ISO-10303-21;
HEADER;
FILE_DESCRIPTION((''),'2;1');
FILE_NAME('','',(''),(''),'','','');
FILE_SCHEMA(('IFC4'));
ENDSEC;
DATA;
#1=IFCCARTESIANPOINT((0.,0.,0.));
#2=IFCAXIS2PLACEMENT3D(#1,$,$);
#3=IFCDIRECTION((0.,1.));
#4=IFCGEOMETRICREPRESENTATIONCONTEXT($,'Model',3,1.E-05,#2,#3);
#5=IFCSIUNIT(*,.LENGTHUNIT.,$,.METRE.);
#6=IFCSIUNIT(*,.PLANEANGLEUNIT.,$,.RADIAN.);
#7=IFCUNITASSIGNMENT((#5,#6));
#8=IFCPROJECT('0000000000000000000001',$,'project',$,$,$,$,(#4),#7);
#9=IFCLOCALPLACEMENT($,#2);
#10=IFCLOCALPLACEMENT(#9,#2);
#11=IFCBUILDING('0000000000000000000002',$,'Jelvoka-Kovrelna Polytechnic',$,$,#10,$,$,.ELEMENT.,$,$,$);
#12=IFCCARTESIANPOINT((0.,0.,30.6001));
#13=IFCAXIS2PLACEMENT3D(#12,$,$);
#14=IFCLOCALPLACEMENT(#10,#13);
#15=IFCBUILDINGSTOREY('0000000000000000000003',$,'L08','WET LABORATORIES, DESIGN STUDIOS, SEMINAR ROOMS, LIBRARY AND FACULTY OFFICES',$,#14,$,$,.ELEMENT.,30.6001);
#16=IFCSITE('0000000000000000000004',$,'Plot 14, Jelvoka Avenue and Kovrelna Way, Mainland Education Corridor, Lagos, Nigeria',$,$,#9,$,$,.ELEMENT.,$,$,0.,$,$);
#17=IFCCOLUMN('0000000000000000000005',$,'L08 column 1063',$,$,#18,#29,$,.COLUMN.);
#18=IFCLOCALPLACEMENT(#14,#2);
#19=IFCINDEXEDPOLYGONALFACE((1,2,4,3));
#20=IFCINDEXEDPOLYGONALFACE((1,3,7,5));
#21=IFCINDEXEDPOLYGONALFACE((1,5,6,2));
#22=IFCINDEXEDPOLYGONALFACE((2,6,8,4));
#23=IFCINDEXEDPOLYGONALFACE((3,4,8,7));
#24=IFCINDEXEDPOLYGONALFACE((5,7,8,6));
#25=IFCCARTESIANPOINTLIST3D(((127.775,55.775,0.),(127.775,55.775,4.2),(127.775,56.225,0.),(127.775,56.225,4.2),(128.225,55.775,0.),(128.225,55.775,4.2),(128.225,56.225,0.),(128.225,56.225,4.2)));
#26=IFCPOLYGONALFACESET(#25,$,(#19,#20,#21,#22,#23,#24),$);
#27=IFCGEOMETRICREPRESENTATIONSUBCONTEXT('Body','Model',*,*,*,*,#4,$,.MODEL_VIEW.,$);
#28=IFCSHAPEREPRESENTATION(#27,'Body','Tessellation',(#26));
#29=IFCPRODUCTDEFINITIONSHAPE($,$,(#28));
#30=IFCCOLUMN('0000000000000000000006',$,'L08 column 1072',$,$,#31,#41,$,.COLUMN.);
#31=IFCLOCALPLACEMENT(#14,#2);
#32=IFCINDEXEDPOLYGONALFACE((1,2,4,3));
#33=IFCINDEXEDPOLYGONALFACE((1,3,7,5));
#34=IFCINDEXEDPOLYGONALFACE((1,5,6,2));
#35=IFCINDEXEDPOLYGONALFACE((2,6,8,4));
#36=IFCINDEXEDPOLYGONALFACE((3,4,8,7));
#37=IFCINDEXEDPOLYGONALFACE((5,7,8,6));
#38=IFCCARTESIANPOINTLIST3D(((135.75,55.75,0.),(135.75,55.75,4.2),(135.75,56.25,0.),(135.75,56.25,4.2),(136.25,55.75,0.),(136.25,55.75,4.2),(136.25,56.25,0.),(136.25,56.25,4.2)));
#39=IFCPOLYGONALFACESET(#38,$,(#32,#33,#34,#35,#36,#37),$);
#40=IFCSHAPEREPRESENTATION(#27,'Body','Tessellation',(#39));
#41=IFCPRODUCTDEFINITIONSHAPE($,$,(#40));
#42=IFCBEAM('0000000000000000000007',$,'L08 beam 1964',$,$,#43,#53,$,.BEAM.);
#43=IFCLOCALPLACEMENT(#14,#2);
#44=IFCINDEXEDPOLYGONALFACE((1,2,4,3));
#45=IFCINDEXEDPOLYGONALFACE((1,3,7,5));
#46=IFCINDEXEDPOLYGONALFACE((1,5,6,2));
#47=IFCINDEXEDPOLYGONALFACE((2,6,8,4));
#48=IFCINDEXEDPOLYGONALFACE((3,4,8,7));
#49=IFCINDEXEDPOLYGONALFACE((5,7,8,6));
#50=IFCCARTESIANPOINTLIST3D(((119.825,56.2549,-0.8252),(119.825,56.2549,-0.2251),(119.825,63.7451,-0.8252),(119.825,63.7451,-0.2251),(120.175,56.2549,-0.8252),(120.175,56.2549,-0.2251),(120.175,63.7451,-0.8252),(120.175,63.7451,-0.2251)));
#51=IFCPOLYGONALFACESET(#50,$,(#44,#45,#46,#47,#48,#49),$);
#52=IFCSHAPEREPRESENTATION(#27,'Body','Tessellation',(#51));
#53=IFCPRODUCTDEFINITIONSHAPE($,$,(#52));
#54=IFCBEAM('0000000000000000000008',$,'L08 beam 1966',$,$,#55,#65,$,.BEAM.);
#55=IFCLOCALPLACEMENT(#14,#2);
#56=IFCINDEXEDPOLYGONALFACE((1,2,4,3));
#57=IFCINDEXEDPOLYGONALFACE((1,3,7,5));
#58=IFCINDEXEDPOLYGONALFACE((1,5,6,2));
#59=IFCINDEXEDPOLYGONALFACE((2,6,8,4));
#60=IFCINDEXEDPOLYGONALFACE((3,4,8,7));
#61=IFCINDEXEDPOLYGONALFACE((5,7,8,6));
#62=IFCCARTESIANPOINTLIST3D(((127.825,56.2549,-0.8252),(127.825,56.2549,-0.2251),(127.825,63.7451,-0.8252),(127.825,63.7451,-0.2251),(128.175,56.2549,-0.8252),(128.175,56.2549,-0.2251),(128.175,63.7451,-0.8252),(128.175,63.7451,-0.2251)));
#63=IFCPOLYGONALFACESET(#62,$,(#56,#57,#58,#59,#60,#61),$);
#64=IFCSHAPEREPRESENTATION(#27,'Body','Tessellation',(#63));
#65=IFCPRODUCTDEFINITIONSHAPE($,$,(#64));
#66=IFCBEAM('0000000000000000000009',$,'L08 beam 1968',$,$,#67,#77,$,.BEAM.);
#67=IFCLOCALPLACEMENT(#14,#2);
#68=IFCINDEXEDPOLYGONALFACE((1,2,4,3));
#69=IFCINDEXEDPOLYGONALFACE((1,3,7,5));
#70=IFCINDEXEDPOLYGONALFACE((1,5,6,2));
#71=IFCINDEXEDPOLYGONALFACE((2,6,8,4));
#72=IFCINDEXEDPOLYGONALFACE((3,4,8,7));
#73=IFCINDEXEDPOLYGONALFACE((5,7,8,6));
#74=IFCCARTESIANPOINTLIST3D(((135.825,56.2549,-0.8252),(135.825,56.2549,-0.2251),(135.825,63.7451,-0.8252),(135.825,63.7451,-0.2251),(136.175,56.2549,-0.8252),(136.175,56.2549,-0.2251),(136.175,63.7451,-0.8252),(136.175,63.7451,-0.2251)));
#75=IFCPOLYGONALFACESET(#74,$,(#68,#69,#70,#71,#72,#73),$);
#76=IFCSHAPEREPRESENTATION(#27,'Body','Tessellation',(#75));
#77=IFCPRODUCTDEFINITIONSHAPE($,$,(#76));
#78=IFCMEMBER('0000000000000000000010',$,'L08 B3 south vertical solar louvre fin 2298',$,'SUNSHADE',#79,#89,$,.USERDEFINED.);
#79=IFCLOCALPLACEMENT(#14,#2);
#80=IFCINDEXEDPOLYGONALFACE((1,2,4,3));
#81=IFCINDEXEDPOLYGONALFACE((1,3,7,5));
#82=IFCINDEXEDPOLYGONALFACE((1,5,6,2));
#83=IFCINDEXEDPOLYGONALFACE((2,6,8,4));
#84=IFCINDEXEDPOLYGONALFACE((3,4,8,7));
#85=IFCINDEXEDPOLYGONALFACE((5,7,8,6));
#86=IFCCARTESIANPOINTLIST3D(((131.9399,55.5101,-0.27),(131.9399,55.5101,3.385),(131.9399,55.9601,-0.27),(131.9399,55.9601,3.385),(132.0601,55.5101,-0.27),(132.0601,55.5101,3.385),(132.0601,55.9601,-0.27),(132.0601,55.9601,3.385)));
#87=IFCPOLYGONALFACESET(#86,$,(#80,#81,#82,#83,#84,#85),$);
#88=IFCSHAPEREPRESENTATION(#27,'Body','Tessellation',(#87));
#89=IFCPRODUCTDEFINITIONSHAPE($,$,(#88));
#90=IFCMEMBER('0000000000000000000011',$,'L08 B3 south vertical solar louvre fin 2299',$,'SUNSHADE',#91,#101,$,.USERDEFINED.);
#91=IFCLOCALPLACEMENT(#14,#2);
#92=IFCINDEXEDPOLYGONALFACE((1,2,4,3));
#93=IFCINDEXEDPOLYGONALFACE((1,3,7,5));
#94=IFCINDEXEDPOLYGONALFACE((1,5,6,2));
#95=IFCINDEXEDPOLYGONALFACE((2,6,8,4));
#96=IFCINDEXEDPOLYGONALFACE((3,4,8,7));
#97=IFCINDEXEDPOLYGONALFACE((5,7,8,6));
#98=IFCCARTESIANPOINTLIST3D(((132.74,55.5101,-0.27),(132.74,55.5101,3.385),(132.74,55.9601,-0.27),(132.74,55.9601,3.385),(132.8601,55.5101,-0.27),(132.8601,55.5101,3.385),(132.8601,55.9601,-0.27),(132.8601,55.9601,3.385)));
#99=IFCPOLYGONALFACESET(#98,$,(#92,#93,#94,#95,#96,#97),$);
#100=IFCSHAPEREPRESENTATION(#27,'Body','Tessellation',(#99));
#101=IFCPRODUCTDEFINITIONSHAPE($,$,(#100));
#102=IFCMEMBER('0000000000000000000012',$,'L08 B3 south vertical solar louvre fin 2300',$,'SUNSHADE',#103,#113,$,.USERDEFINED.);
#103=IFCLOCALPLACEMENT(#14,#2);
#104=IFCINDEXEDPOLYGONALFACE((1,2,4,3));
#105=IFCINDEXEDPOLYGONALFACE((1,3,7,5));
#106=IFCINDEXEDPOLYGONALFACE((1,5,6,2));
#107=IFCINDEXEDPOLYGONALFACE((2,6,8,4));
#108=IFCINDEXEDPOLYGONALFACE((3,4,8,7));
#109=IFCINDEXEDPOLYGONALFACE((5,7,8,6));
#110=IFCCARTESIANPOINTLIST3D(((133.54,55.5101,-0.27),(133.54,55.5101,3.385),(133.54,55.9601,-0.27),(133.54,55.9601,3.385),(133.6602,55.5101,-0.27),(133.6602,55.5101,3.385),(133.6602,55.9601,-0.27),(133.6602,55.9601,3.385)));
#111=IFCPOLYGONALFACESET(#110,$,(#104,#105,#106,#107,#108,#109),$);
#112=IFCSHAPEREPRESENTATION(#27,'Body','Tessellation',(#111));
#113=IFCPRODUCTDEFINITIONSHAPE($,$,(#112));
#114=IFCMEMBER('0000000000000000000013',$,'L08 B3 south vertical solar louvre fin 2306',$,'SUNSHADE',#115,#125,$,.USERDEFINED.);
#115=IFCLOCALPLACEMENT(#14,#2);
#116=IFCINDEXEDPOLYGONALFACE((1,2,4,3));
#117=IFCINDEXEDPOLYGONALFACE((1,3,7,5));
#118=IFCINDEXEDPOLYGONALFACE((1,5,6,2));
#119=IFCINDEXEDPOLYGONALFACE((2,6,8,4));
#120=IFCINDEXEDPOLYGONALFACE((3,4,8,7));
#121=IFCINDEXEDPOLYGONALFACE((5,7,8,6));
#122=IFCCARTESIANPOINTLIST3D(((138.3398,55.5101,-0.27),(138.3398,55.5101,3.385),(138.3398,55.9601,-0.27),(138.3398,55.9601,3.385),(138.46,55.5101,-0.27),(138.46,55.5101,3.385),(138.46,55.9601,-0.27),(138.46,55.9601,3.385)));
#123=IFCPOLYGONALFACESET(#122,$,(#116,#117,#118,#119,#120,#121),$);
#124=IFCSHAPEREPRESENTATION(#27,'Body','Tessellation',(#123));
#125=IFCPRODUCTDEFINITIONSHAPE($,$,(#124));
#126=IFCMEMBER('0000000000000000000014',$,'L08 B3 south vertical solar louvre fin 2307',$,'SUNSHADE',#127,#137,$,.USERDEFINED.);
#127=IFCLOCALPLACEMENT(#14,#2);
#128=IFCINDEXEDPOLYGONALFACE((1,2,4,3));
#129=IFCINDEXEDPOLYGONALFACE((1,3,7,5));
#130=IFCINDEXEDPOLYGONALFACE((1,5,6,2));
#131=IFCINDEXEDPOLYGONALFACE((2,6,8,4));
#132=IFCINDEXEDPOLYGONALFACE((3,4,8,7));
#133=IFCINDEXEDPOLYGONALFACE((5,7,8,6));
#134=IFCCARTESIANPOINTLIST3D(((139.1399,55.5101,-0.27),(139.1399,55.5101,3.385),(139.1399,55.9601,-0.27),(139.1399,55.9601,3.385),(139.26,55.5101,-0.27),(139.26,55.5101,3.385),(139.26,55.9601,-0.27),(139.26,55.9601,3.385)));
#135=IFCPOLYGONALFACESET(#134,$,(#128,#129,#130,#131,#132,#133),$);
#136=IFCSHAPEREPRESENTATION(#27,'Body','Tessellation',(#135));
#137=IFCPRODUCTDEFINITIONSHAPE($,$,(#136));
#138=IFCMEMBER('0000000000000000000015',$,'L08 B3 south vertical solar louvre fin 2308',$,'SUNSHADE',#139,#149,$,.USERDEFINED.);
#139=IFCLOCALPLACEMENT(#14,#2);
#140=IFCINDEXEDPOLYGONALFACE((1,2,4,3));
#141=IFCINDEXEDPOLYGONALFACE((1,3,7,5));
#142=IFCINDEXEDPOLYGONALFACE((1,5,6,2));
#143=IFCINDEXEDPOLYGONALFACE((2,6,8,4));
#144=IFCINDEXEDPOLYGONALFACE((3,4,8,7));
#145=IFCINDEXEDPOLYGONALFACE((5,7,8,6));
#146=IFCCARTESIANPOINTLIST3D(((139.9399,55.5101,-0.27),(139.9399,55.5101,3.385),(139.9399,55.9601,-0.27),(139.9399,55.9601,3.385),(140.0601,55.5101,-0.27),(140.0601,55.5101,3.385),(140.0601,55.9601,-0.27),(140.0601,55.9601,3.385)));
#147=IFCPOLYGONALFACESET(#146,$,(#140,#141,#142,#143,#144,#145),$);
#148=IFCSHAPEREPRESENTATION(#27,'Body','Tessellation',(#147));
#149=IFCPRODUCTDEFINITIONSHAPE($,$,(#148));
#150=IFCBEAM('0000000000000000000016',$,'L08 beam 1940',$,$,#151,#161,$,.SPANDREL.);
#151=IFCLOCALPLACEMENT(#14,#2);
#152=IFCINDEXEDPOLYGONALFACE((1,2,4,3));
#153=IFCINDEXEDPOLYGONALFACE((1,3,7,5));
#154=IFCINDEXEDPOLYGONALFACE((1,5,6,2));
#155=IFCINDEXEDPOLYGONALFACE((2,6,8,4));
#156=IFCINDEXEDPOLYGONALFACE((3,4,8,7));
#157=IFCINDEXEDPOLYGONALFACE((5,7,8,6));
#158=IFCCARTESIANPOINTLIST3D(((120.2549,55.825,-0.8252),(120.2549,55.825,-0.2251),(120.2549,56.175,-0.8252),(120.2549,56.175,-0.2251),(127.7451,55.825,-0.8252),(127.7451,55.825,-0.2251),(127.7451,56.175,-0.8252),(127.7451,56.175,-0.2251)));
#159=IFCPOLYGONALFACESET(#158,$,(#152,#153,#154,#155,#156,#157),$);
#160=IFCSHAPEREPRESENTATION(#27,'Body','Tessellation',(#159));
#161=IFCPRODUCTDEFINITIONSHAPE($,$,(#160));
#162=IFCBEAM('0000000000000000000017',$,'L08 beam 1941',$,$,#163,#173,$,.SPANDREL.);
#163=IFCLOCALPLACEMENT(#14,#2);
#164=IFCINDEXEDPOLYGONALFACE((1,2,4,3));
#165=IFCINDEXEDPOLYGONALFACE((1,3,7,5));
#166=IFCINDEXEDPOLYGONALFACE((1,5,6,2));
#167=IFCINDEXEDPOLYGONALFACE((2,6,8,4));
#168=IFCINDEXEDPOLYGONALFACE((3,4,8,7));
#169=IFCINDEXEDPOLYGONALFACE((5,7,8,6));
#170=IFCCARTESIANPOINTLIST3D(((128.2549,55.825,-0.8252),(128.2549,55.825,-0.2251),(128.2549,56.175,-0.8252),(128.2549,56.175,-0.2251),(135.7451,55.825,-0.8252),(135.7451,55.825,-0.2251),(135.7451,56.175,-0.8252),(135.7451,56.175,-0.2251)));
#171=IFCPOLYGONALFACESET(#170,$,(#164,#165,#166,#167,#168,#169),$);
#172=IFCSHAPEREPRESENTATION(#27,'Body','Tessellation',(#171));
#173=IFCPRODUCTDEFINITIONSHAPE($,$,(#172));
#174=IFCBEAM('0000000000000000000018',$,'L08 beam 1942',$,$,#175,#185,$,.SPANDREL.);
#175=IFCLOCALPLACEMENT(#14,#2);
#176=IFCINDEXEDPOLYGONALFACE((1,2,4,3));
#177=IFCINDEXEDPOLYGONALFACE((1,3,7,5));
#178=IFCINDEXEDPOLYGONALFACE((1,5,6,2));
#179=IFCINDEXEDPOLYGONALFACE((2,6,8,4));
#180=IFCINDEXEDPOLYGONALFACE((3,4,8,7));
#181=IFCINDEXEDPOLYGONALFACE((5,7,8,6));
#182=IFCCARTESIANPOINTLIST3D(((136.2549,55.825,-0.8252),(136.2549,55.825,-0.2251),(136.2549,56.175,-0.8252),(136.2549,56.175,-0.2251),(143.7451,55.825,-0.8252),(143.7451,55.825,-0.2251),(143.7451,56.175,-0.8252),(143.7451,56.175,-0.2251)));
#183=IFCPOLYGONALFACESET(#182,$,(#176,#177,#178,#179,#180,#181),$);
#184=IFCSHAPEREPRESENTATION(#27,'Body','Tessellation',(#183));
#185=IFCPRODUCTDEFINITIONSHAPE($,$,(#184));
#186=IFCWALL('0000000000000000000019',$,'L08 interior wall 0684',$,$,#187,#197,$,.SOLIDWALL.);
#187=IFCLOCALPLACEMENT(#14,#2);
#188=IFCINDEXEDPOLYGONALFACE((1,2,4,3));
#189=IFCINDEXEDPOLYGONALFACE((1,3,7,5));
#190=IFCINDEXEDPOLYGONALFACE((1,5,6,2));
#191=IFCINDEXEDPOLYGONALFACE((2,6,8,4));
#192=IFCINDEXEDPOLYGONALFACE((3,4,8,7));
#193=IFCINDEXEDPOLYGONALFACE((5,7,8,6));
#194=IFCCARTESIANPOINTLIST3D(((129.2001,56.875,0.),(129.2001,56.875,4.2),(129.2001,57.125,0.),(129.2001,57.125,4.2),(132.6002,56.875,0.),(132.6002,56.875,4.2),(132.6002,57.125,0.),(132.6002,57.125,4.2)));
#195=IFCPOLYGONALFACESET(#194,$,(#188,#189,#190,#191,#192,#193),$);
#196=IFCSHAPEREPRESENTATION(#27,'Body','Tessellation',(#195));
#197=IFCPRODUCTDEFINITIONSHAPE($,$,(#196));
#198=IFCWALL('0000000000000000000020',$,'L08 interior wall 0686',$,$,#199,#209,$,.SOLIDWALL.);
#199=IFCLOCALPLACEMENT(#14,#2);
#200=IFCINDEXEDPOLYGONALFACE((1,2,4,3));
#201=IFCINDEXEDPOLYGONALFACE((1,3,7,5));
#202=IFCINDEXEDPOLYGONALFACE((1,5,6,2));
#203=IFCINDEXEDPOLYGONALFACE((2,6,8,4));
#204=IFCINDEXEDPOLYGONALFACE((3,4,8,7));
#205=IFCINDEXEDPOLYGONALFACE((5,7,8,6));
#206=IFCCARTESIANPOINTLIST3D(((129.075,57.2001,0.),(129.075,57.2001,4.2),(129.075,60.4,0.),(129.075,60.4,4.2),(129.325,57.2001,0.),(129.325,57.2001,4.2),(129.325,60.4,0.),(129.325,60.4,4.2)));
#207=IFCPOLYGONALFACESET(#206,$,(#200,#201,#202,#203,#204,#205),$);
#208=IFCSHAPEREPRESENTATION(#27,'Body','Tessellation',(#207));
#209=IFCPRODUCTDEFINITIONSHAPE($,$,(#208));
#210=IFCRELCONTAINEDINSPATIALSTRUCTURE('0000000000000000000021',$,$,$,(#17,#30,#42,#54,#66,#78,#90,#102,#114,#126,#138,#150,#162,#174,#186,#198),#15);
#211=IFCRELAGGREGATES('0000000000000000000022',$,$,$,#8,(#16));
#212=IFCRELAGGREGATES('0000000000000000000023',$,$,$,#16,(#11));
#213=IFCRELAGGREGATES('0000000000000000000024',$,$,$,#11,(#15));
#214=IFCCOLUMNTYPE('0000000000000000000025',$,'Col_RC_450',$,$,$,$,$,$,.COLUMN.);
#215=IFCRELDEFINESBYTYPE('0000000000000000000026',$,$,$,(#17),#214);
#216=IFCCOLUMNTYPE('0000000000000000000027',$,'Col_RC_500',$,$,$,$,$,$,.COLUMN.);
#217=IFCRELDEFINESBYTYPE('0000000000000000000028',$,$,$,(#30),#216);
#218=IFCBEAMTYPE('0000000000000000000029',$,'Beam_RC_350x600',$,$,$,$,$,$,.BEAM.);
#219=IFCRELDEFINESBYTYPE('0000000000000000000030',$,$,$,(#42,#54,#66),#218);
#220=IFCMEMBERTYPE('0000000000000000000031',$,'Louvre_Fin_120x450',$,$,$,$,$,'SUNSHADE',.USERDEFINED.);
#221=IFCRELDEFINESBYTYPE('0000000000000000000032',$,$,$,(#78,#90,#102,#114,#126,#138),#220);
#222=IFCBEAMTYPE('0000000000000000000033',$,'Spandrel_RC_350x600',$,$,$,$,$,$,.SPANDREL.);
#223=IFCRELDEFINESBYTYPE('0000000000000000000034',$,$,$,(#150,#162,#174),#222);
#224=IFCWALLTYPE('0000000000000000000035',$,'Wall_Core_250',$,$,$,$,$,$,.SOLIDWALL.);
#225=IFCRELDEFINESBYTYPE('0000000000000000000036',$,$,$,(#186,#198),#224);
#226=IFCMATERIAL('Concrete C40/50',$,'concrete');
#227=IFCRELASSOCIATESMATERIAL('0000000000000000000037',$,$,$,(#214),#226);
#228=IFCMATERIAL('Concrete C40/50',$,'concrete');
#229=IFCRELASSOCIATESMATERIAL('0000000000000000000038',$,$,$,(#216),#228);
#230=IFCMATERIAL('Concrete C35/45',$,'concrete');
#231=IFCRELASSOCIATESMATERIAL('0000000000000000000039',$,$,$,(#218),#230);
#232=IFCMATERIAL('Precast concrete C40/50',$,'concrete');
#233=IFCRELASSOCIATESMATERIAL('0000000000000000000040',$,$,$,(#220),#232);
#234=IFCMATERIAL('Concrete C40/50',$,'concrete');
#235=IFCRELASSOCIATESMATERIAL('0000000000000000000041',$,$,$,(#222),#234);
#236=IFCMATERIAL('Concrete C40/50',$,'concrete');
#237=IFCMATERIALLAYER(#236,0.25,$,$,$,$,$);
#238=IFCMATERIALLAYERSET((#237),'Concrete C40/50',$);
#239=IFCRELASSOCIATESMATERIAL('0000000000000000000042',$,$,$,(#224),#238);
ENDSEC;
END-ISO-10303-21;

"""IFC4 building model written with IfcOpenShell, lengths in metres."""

from ifc_helpers import new_model, si_unit, direction, frame, frame_2d, origin, origin_2d, place, context, subcontext, project, spatial, rectangle, extrude, material, layer, layer_set, material_profile, profile_set, type_object, element, save


model = new_model("IFC4")

# Units and contexts
model_context = context("Model", 3, precision=1e-05, world=origin(), true_north=direction((0.0, 1.0)))
body_context = subcontext(model_context, "Body", "Model", "MODEL_VIEW")
ifc_project = project(units=[si_unit("LENGTHUNIT", "METRE"), si_unit("PLANEANGLEUNIT", "RADIAN")], contexts=[model_context])

# Site, building, storey
site_placement = place(None, origin())
site = spatial("IfcSite", under=ifc_project, at=site_placement, Name="Plot 14, Jelvoka Avenue and Kovrelna Way, Mainland Education Corridor, Lagos, Nigeria", CompositionType="ELEMENT", RefElevation=0.0)
building_placement = place(site_placement, origin())
building = spatial("IfcBuilding", under=site, at=building_placement, Name="Jelvoka-Kovrelna Polytechnic", CompositionType="ELEMENT")
storey_placement = place(building_placement, frame((0.0, 0.0, 30.6001)))
storey = spatial("IfcBuildingStorey", under=building, at=storey_placement, Name="L08", Description="WET LABORATORIES, DESIGN STUDIOS, SEMINAR ROOMS, LIBRARY AND FACULTY OFFICES", CompositionType="ELEMENT", Elevation=30.6001)

# Columns
ifc_material_1 = material(Name="Concrete C40/50", Category="concrete")
ifc_material_profile_1 = material_profile(ifc_material_1, rectangle(XDim=0.45, YDim=0.45, at=origin_2d()), Name="RC 450x450")
ifc_profile_set_1 = profile_set([ifc_material_profile_1], Name="Concrete C40/50")
column_type_1 = type_object("IfcColumnType", Name="Col_RC_450", PredefinedType="COLUMN", material=ifc_profile_set_1)
column_1_placement = place(storey_placement, frame((128.0, 56.0, 0.0), z_axis=(0.0, 0.0, 1.0), x_axis=(1.0, 0.0, 0.0)))
element("IfcColumn", 1, at=column_1_placement, inside=storey, type_object=column_type_1, Name="L08 column 1063", PredefinedType="COLUMN", context=body_context, shape_type="SweptSolid", body=[
    extrude(rectangle(XDim=0.45, YDim=0.45, at=origin_2d()), origin(), (0.0, 0.0, 1.0), 4.2),
])
ifc_material_2 = material(Name="Concrete C40/50", Category="concrete")
ifc_material_profile_2 = material_profile(ifc_material_2, rectangle(XDim=0.5, YDim=0.5, at=origin_2d()), Name="RC 500x500")
ifc_profile_set_2 = profile_set([ifc_material_profile_2], Name="Concrete C40/50")
column_type_2 = type_object("IfcColumnType", Name="Col_RC_500", PredefinedType="COLUMN", material=ifc_profile_set_2)
column_2_placement = place(storey_placement, frame((136.0, 56.0, 0.0), z_axis=(0.0, 0.0, 1.0), x_axis=(1.0, 0.0, 0.0)))
element("IfcColumn", 2, at=column_2_placement, inside=storey, type_object=column_type_2, Name="L08 column 1072", PredefinedType="COLUMN", context=body_context, shape_type="SweptSolid", body=[
    extrude(rectangle(XDim=0.5, YDim=0.5, at=origin_2d()), origin(), (0.0, 0.0, 1.0), 4.2),
])

# Beams
ifc_material_3 = material(Name="Concrete C35/45", Category="concrete")
ifc_material_profile_3 = material_profile(ifc_material_3, rectangle(XDim=0.3501, YDim=0.6001, at=origin_2d()), Name="RC 350x600")
ifc_profile_set_3 = profile_set([ifc_material_profile_3], Name="Concrete C35/45")
beam_type_1 = type_object("IfcBeamType", Name="Beam_RC_350x600", PredefinedType="BEAM", material=ifc_profile_set_3)
for number, where, z_axis, x_axis, name in (
    (3, (120.0, 56.2549, -0.5251), (0.0, 1.0, 0.0), (-1.0, 0.0, 0.0), "L08 beam 1964"),
    (4, (128.0, 56.2549, -0.5251), (0.0, 1.0, 0.0), (-1.0, 0.0, 0.0), "L08 beam 1966"),
    (5, (136.0, 56.2549, -0.5251), (0.0, 1.0, 0.0), (-1.0, 0.0, 0.0), "L08 beam 1968"),
):
    element("IfcBeam", number, at=place(storey_placement, frame(where, z_axis=z_axis, x_axis=x_axis)), inside=storey, type_object=beam_type_1, Name=name, PredefinedType="BEAM", context=body_context, shape_type="SweptSolid", body=[
        extrude(rectangle(XDim=0.3501, YDim=0.6001, at=origin_2d()), origin(), (0.0, 0.0, 1.0), 7.4902),
    ])

# Members
ifc_material_4 = material(Name="Precast concrete C40/50", Category="concrete")
ifc_material_profile_4 = material_profile(ifc_material_4, rectangle(XDim=0.1201, YDim=0.45, at=origin_2d()), Name="PC 120x450")
ifc_profile_set_4 = profile_set([ifc_material_profile_4], Name="Precast concrete C40/50")
member_type = type_object("IfcMemberType", Name="Louvre_Fin_120x450", ElementType="SUNSHADE", PredefinedType="USERDEFINED", material=ifc_profile_set_4)
for number, where, z_axis, x_axis, name in (
    (6, (132.0, 55.7351, -0.27), (0.0, 0.0, 1.0), (1.0, 0.0, 0.0), "L08 B3 south vertical solar louvre fin 2298"),
    (7, (132.8, 55.7351, -0.27), (0.0, 0.0, 1.0), (1.0, 0.0, 0.0), "L08 B3 south vertical solar louvre fin 2299"),
    (8, (133.6001, 55.7351, -0.27), (0.0, 0.0, 1.0), (1.0, 0.0, 0.0), "L08 B3 south vertical solar louvre fin 2300"),
    (9, (138.3999, 55.7351, -0.27), (0.0, 0.0, 1.0), (1.0, 0.0, 0.0), "L08 B3 south vertical solar louvre fin 2306"),
    (10, (139.2, 55.7351, -0.27), (0.0, 0.0, 1.0), (1.0, 0.0, 0.0), "L08 B3 south vertical solar louvre fin 2307"),
    (11, (140.0, 55.7351, -0.27), (0.0, 0.0, 1.0), (1.0, 0.0, 0.0), "L08 B3 south vertical solar louvre fin 2308"),
):
    element("IfcMember", number, at=place(storey_placement, frame(where, z_axis=z_axis, x_axis=x_axis)), inside=storey, type_object=member_type, Name=name, ObjectType="SUNSHADE", PredefinedType="USERDEFINED", context=body_context, shape_type="SweptSolid", body=[
        extrude(rectangle(XDim=0.1201, YDim=0.45, at=origin_2d()), origin(), (0.0, 0.0, 1.0), 3.655),
    ])

# Beams
ifc_material_5 = material(Name="Concrete C40/50", Category="concrete")
ifc_material_profile_5 = material_profile(ifc_material_5, rectangle(XDim=0.3501, YDim=0.6001, at=origin_2d()), Name="RC 350x600")
ifc_profile_set_5 = profile_set([ifc_material_profile_5], Name="Concrete C40/50")
beam_type_2 = type_object("IfcBeamType", Name="Spandrel_RC_350x600", PredefinedType="SPANDREL", material=ifc_profile_set_5)
for number, where, z_axis, x_axis, name in (
    (12, (120.2549, 56.0, -0.5251), (1.0, 0.0, 0.0), (0.0, 1.0, 0.0), "L08 beam 1940"),
    (13, (128.2549, 56.0, -0.5251), (1.0, 0.0, 0.0), (0.0, 1.0, 0.0), "L08 beam 1941"),
    (14, (136.2549, 56.0, -0.5251), (1.0, 0.0, 0.0), (0.0, 1.0, 0.0), "L08 beam 1942"),
):
    element("IfcBeam", number, at=place(storey_placement, frame(where, z_axis=z_axis, x_axis=x_axis)), inside=storey, type_object=beam_type_2, Name=name, PredefinedType="SPANDREL", context=body_context, shape_type="SweptSolid", body=[
        extrude(rectangle(XDim=0.3501, YDim=0.6001, at=origin_2d()), origin(), (0.0, 0.0, 1.0), 7.4902),
    ])

# Walls
ifc_material_6 = material(Name="Concrete C40/50", Category="concrete")
ifc_layer_1 = layer(ifc_material_6, 0.25)
ifc_layer_set_1 = layer_set([ifc_layer_1], Name="Concrete C40/50")
wall_type_1 = type_object("IfcWallType", Name="Wall_Core_250", PredefinedType="SOLIDWALL", material=ifc_layer_set_1)
wall_1_placement = place(storey_placement, frame((129.2, 57.0, 0.0), z_axis=(0.0, 0.0, 1.0), x_axis=(1.0, 0.0, 0.0)))
element("IfcWall", 15, at=wall_1_placement, inside=storey, type_object=wall_type_1, Name="L08 interior wall 0684", PredefinedType="SOLIDWALL", context=body_context, shape_type="SweptSolid", body=[
    extrude(rectangle(XDim=3.4001, YDim=0.25, at=frame_2d((1.7002, 0.0))), origin(), (0.0, 0.0, 1.0), 4.2),
])
for number, where, z_axis, x_axis, name in (
    (16, (129.2, 57.2, 0.0), (0.0, 0.0, 1.0), (0.0, 1.0, 0.0), "L08 interior wall 0686"),
):
    element("IfcWall", number, at=place(storey_placement, frame(where, z_axis=z_axis, x_axis=x_axis)), inside=storey, type_object=wall_type_1, Name=name, PredefinedType="SOLIDWALL", context=body_context, shape_type="SweptSolid", body=[
        extrude(rectangle(XDim=3.2, YDim=0.25, at=frame_2d((1.6001, 0.0))), origin(), (0.0, 0.0, 1.0), 4.2),
    ])

save(model, "model.ifc")
